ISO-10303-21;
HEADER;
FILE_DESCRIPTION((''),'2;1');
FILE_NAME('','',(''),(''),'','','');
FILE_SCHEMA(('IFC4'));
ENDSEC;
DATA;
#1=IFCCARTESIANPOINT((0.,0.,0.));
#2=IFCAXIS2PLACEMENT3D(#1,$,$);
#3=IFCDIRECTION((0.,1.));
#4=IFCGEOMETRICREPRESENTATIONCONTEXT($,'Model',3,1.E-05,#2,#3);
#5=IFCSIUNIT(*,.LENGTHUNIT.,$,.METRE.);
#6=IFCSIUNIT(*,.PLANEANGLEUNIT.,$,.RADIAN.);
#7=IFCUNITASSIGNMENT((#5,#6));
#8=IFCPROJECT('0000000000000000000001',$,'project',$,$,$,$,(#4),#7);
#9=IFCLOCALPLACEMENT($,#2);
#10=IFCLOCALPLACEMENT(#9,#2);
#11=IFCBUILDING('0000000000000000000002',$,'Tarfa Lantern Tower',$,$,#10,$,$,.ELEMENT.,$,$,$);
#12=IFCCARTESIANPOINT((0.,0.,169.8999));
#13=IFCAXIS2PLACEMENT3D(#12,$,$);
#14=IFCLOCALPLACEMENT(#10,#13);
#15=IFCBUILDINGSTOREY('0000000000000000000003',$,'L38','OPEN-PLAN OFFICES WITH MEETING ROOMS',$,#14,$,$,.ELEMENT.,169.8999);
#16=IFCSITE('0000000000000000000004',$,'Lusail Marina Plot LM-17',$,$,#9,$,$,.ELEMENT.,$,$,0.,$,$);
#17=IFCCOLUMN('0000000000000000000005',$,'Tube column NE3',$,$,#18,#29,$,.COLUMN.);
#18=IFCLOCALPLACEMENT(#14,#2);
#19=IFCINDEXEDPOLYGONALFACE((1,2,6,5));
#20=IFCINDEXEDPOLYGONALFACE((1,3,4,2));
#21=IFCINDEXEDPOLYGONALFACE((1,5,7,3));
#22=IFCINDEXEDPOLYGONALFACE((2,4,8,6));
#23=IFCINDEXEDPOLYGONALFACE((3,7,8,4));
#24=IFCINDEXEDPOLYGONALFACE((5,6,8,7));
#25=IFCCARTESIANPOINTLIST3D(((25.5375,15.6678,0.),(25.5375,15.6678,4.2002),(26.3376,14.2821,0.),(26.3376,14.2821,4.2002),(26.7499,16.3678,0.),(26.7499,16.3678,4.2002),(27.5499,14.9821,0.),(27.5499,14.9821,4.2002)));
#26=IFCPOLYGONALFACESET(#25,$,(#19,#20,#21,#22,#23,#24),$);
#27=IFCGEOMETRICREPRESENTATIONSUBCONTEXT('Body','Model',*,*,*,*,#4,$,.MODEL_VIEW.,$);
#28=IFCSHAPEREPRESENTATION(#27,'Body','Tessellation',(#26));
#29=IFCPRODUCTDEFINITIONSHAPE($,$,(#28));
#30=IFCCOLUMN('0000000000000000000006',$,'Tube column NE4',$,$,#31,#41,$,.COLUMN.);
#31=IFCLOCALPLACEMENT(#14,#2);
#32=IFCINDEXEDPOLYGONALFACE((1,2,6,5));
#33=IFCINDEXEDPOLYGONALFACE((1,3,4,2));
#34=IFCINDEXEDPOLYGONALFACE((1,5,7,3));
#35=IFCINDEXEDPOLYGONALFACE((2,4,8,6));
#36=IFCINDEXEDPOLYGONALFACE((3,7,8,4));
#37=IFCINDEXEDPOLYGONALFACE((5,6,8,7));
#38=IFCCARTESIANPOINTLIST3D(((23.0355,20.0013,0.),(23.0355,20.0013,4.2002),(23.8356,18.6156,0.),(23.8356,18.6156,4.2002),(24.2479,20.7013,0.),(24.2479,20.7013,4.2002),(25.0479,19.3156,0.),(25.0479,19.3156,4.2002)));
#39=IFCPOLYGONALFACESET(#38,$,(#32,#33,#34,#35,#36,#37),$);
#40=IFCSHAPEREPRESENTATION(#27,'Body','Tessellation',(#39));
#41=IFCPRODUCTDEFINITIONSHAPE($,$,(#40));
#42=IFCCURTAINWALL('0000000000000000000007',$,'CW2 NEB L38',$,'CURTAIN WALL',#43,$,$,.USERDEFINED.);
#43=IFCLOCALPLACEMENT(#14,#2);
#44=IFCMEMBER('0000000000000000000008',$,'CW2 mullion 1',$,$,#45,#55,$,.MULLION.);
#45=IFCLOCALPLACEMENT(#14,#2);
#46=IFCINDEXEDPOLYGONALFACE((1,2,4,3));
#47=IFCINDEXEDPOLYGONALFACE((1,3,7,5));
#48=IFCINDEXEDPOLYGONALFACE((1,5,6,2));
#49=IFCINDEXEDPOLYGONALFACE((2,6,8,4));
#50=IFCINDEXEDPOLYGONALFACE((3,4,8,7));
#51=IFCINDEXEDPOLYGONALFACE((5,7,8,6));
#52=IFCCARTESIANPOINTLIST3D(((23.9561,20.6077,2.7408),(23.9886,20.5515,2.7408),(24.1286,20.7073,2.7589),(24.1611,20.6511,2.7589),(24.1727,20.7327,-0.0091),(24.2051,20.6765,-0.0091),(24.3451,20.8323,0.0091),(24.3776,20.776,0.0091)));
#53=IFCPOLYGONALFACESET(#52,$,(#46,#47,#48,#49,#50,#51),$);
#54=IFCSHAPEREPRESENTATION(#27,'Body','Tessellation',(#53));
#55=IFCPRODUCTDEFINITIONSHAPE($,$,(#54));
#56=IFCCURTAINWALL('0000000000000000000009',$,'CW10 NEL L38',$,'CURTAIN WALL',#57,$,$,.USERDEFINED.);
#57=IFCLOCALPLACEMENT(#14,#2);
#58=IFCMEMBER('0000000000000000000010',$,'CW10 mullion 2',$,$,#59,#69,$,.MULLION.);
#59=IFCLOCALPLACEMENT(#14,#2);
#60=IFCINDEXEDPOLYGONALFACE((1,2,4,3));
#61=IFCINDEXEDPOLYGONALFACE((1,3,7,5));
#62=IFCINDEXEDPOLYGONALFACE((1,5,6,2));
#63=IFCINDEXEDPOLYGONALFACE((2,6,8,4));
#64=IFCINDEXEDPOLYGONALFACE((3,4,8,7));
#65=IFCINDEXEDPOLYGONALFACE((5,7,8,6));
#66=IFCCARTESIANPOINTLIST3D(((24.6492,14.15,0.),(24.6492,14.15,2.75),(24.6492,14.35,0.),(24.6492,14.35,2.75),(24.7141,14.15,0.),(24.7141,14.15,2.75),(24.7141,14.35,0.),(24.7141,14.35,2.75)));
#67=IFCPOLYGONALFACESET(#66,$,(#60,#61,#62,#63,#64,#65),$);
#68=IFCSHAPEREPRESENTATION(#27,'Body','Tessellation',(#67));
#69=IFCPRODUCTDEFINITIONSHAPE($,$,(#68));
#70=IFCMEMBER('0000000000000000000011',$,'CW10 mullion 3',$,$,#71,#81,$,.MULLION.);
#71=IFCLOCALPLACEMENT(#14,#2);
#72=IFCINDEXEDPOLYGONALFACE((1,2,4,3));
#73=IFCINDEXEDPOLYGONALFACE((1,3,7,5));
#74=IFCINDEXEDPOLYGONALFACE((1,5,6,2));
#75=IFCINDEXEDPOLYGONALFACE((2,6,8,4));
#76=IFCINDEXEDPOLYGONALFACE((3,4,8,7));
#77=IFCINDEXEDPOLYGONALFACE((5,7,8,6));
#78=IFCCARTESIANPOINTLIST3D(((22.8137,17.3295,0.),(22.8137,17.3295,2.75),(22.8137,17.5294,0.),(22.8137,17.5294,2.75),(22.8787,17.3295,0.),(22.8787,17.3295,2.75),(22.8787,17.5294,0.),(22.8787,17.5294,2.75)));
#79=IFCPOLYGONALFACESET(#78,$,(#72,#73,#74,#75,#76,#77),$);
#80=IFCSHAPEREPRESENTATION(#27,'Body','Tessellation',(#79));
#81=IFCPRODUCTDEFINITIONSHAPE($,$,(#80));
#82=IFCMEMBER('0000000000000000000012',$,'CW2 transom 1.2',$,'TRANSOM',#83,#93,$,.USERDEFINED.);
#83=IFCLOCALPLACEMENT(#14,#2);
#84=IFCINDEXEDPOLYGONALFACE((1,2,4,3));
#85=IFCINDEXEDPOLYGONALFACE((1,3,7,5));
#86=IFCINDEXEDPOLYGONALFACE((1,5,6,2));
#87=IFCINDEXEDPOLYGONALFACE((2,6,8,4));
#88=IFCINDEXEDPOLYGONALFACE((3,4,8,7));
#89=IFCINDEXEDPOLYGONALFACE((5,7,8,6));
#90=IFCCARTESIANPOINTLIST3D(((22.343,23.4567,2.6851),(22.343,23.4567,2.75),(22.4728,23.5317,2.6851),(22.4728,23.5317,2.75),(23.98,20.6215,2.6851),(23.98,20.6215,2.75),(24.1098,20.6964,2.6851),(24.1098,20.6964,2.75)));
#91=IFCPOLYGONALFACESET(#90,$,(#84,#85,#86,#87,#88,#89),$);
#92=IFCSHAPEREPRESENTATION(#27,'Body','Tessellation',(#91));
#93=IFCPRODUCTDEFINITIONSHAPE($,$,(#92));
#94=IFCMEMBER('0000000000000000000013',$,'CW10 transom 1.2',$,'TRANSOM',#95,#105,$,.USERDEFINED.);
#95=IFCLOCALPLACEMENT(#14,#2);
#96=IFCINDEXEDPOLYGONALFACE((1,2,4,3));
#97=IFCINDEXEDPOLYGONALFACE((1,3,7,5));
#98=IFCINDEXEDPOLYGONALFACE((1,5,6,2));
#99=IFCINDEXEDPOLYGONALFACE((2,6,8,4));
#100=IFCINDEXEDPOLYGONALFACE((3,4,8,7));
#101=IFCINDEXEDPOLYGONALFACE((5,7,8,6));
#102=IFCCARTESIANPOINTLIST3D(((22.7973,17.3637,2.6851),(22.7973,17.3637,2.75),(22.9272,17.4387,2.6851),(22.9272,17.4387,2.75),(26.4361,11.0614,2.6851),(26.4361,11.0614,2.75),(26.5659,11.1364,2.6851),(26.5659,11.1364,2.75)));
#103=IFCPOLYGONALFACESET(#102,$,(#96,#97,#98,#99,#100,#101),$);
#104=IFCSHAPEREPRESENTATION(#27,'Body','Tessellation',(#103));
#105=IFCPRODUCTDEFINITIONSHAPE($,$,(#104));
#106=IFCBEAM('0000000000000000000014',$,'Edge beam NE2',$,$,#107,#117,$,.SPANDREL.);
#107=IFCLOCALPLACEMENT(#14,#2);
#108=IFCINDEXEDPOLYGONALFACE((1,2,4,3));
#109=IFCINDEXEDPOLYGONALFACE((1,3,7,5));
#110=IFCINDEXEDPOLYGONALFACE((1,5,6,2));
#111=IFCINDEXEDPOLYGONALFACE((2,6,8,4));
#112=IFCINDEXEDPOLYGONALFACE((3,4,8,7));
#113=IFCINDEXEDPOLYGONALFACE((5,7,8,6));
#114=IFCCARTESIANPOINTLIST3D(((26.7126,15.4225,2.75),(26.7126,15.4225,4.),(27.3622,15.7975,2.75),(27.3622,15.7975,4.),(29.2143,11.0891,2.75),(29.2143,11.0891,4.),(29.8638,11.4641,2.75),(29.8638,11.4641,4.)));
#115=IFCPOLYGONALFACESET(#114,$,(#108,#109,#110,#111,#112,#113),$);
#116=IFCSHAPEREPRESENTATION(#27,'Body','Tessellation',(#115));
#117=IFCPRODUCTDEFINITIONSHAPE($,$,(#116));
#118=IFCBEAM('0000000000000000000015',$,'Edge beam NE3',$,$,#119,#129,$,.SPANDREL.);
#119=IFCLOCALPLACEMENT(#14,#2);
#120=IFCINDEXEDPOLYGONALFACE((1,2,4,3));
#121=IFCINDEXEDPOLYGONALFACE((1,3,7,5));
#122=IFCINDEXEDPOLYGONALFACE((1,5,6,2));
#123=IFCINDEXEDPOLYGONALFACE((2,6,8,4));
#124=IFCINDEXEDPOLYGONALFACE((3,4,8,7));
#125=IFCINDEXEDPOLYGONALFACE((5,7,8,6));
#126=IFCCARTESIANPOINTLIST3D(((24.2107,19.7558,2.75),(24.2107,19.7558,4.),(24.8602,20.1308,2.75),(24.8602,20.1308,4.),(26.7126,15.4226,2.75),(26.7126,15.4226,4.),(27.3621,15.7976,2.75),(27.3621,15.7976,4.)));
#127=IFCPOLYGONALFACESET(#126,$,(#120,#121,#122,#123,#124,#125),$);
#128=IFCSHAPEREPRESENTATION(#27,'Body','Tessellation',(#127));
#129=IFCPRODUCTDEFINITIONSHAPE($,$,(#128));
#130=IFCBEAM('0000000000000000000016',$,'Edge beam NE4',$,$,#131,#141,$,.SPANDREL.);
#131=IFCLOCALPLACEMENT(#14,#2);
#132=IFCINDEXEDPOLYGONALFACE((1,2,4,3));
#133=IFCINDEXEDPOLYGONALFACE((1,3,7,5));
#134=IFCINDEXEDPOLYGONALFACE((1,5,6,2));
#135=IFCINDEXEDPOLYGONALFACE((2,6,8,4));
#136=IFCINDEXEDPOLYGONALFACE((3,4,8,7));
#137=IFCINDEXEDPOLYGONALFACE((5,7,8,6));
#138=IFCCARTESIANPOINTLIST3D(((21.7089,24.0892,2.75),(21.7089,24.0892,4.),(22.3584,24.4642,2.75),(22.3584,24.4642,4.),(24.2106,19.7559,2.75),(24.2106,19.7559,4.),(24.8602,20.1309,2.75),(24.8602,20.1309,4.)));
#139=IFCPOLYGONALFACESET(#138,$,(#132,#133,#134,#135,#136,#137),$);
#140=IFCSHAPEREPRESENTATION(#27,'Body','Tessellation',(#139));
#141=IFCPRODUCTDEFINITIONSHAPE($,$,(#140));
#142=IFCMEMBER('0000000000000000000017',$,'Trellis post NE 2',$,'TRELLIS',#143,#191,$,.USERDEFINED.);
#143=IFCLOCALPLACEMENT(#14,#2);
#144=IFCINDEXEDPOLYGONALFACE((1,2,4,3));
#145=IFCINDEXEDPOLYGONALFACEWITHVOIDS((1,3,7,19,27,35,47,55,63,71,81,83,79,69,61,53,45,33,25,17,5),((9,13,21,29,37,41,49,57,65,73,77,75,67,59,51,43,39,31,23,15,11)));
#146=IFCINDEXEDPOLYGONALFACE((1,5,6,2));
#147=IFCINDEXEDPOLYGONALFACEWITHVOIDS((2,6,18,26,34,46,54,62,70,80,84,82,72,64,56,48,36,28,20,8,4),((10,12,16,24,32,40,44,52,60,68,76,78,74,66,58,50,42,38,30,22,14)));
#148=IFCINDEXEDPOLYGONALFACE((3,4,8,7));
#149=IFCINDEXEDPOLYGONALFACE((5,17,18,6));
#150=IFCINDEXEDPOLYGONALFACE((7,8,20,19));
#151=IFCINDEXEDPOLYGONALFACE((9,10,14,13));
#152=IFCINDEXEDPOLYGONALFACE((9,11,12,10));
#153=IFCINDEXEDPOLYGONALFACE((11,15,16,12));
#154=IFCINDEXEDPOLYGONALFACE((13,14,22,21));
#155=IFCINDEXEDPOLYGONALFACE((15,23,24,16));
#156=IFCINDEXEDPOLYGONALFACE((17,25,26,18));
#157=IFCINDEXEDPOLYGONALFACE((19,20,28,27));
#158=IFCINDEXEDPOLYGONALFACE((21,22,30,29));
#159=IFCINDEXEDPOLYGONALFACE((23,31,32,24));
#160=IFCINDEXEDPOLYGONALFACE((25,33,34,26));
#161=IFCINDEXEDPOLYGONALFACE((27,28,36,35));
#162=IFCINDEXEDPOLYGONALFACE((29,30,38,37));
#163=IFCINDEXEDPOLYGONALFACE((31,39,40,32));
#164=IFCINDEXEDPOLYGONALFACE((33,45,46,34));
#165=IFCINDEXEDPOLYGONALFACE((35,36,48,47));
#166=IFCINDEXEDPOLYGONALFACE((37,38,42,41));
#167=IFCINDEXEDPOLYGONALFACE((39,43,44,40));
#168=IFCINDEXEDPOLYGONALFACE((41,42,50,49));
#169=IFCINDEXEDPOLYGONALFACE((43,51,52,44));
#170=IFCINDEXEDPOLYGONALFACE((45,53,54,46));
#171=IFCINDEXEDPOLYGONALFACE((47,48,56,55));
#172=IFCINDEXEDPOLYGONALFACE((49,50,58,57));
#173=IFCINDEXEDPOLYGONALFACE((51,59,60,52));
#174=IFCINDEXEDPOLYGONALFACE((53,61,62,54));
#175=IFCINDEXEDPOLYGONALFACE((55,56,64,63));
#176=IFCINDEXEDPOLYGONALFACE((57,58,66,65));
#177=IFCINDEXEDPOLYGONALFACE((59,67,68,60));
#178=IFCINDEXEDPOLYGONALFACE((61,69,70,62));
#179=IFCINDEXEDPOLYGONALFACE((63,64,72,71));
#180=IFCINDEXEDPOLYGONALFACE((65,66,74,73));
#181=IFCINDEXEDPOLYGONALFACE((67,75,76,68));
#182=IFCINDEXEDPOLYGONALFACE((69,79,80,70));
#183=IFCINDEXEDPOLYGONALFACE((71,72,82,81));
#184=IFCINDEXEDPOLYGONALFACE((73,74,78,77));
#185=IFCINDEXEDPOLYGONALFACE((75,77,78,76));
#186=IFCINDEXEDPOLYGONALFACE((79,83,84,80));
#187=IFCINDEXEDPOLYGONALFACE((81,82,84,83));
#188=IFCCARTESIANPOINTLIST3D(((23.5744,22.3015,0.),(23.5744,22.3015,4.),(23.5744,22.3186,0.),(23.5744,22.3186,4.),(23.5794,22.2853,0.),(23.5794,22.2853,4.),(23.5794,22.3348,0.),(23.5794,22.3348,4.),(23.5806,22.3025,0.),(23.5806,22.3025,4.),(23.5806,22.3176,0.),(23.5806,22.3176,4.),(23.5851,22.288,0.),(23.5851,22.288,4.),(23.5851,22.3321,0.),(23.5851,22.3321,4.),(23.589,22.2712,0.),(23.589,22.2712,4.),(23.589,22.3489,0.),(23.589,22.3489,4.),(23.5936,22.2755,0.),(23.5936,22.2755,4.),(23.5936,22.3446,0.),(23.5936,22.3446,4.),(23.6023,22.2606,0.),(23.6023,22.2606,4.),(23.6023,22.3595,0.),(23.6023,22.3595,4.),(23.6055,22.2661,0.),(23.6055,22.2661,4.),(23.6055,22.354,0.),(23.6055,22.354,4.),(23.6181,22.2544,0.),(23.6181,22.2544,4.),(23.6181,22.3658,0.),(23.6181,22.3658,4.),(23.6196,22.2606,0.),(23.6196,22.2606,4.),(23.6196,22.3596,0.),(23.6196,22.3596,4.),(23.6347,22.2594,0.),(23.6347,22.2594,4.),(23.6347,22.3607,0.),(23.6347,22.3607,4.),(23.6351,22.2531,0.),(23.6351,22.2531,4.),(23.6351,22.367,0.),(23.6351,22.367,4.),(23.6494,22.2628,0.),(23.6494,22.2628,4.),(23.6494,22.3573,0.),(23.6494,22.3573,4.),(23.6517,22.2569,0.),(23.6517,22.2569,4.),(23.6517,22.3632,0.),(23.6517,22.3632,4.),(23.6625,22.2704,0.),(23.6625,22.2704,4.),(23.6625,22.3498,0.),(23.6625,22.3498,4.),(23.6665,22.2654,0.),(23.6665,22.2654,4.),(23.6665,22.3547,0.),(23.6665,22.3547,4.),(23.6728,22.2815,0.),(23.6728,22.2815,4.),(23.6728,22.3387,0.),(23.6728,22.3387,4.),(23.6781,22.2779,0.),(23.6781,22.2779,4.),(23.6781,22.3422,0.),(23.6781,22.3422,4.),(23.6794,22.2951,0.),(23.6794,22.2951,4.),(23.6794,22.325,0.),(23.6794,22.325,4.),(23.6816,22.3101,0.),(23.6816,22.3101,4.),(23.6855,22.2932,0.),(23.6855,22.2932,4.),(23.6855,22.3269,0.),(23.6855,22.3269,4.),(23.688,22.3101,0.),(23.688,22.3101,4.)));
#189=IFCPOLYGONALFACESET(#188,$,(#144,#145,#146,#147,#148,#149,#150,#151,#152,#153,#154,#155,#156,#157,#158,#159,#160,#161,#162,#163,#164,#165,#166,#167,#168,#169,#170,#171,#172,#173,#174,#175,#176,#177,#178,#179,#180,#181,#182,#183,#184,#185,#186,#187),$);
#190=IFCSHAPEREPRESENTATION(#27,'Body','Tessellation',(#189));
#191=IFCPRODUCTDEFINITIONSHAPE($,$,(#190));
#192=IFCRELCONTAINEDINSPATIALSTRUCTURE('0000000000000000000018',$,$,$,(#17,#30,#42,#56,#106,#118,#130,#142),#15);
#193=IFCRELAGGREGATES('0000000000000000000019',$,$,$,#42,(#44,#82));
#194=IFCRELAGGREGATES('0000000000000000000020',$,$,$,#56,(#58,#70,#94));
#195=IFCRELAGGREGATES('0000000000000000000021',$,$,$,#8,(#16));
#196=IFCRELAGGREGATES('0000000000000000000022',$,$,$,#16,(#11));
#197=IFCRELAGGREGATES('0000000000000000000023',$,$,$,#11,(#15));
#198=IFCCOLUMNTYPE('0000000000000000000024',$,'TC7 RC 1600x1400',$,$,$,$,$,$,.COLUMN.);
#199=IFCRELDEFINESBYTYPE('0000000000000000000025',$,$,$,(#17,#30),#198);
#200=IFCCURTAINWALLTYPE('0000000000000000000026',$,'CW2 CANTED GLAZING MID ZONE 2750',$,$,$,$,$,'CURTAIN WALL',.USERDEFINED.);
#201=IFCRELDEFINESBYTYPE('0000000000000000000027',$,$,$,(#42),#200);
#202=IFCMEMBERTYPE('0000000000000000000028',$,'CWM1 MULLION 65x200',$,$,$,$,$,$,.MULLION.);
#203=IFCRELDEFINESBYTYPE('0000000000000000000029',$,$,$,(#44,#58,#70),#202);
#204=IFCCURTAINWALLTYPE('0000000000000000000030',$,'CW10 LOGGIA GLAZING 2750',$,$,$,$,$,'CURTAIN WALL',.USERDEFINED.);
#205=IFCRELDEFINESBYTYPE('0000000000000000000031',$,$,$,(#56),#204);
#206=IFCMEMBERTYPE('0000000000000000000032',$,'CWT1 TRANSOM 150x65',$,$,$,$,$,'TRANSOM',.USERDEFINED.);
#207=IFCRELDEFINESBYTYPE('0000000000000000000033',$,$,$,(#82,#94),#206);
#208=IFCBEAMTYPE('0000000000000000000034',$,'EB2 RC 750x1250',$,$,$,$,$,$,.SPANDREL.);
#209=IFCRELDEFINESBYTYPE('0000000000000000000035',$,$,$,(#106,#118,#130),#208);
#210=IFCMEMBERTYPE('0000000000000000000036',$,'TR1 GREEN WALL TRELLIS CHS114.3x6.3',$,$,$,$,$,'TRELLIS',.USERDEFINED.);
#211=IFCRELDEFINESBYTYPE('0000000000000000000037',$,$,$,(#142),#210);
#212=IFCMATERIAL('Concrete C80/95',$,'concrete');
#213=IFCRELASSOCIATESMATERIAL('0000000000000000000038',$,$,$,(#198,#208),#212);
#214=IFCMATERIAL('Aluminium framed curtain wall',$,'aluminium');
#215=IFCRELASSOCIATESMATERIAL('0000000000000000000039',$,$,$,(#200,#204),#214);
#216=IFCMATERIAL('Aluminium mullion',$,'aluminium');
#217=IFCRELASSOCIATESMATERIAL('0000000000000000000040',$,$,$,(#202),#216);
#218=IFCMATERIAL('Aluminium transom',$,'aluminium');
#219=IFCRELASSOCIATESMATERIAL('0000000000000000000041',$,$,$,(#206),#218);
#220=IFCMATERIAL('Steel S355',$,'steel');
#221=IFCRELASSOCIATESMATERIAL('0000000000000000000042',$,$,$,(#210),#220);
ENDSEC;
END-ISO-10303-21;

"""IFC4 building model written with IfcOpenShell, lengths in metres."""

from ifc_helpers import new_model, si_unit, direction, frame, origin, origin_2d, place, context, subcontext, project, spatial, rectangle, hollow_circle, extrude, material, material_profile, profile_set, type_object, element, aggregate, save


model = new_model("IFC4")

# Units and contexts
model_context = context("Model", 3, precision=1e-05, world=origin(), true_north=direction((0.0, 1.0)))
body_context = subcontext(model_context, "Body", "Model", "MODEL_VIEW")
ifc_project = project(units=[si_unit("LENGTHUNIT", "METRE"), si_unit("PLANEANGLEUNIT", "RADIAN")], contexts=[model_context])

# Site, building, storey
site_placement = place(None, origin())
site = spatial("IfcSite", under=ifc_project, at=site_placement, Name="Lusail Marina Plot LM-17", CompositionType="ELEMENT", RefElevation=0.0)
building_placement = place(site_placement, origin())
building = spatial("IfcBuilding", under=site, at=building_placement, Name="Tarfa Lantern Tower", CompositionType="ELEMENT")
storey_placement = place(building_placement, frame((0.0, 0.0, 169.8999)))
storey = spatial("IfcBuildingStorey", under=building, at=storey_placement, Name="L38", Description="OPEN-PLAN OFFICES WITH MEETING ROOMS", CompositionType="ELEMENT", Elevation=169.8999)

# Columns
ifc_material_1 = material(Name="Concrete C80/95", Category="concrete")
ifc_material_profile_1 = material_profile(ifc_material_1, rectangle(XDim=1.6001, YDim=1.3999, at=origin_2d()), Name="RC 1600x1400")
ifc_profile_set_1 = profile_set([ifc_material_profile_1], Name="Concrete C80/95")
column_type = type_object("IfcColumnType", Name="TC7 RC 1600x1400", PredefinedType="COLUMN", material=ifc_profile_set_1)
for number, where, z_axis, x_axis, name in (
    (1, (26.5437, 15.325, 0.0), (0.0, 0.0, 1.0), (-0.5, 0.866025, 0.0), "Tube column NE3"),
    (2, (24.0417, 19.6584, 0.0), (0.0, 0.0, 1.0), (-0.5, 0.866025, 0.0), "Tube column NE4"),
):
    element("IfcColumn", number, at=place(storey_placement, frame(where, z_axis=z_axis, x_axis=x_axis)), inside=storey, type_object=column_type, Name=name, PredefinedType="COLUMN", context=body_context, shape_type="SweptSolid", body=[
        extrude(rectangle(XDim=1.6001, YDim=1.3999, at=origin_2d()), origin(), (0.0, 0.0, 1.0), 4.2002),
    ])

# Curtain wall, member
ifc_material_2 = material(Name="Aluminium framed curtain wall", Category="aluminium")
curtain_wall_type_1 = type_object("IfcCurtainWallType", Name="CW2 CANTED GLAZING MID ZONE 2750", ElementType="CURTAIN WALL", PredefinedType="USERDEFINED", material=ifc_material_2)
curtain_wall_1_placement = place(storey_placement, origin())
curtain_wall_1 = element("IfcCurtainWall", 3, at=curtain_wall_1_placement, inside=storey, type_object=curtain_wall_type_1, Name="CW2 NEB L38", ObjectType="CURTAIN WALL", PredefinedType="USERDEFINED")
ifc_material_3 = material(Name="Aluminium mullion", Category="aluminium")
ifc_material_profile_2 = material_profile(ifc_material_3, rectangle(XDim=0.0649, YDim=0.2, at=origin_2d()), Name="AL MULLION 65x200")
ifc_profile_set_2 = profile_set([ifc_material_profile_2], Name="Aluminium mullion")
member_type_1 = type_object("IfcMemberType", Name="CWM1 MULLION 65x200", PredefinedType="MULLION", material=ifc_profile_set_2)
member_1_placement = place(storey_placement, frame((24.2751, 20.7544, 0.0), z_axis=(-0.078423, -0.045268, 0.995892), x_axis=(0.49992, -0.866072, 0.0)))
member_1 = element("IfcMember", 4, at=member_1_placement, type_object=member_type_1, Name="CW2 mullion 1", PredefinedType="MULLION", context=body_context, shape_type="SweptSolid", body=[
    extrude(rectangle(XDim=0.0649, YDim=0.2, at=origin_2d()), origin(), (0.0, 0.0, 1.0), 2.7612),
])

# Curtain wall, members
curtain_wall_type_2 = type_object("IfcCurtainWallType", Name="CW10 LOGGIA GLAZING 2750", ElementType="CURTAIN WALL", PredefinedType="USERDEFINED", material=ifc_material_2)
curtain_wall_2_placement = place(storey_placement, origin())
curtain_wall_2 = element("IfcCurtainWall", 5, at=curtain_wall_2_placement, inside=storey, type_object=curtain_wall_type_2, Name="CW10 NEL L38", ObjectType="CURTAIN WALL", PredefinedType="USERDEFINED")
member_2_placement = place(storey_placement, frame((24.6816, 14.25, 0.0), z_axis=(0.0, 0.0, 1.0), x_axis=(1.0, 0.0, 0.0)))
member_2 = element("IfcMember", 6, at=member_2_placement, type_object=member_type_1, Name="CW10 mullion 2", PredefinedType="MULLION", context=body_context, shape_type="SweptSolid", body=[
    extrude(rectangle(XDim=0.0649, YDim=0.2, at=origin_2d()), origin(), (0.0, 0.0, 1.0), 2.75),
])
member_3_placement = place(storey_placement, frame((22.8462, 17.4294, 0.0), z_axis=(0.0, 0.0, 1.0), x_axis=(1.0, 0.0, 0.0)))
member_3 = element("IfcMember", 7, at=member_3_placement, type_object=member_type_1, Name="CW10 mullion 3", PredefinedType="MULLION", context=body_context, shape_type="SweptSolid", body=[
    extrude(rectangle(XDim=0.0649, YDim=0.2, at=origin_2d()), origin(), (0.0, 0.0, 1.0), 2.75),
])

# Members
ifc_material_4 = material(Name="Aluminium transom", Category="aluminium")
ifc_material_profile_3 = material_profile(ifc_material_4, rectangle(XDim=0.1499, YDim=0.0649, at=origin_2d()), Name="AL TRANSOM 150x65")
ifc_profile_set_3 = profile_set([ifc_material_profile_3], Name="Aluminium transom")
member_type_2 = type_object("IfcMemberType", Name="CWT1 TRANSOM 150x65", ElementType="TRANSOM", PredefinedType="USERDEFINED", material=ifc_profile_set_3)
member_4_placement = place(storey_placement, frame((24.0449, 20.6589, 2.7175), z_axis=(-0.500013, 0.866018, 0.0), x_axis=(-0.866018, -0.500013, 0.0)))
member_4 = element("IfcMember", 8, at=member_4_placement, type_object=member_type_2, Name="CW2 transom 1.2", ObjectType="TRANSOM", PredefinedType="USERDEFINED", context=body_context, shape_type="SweptSolid", body=[
    extrude(rectangle(XDim=0.1499, YDim=0.0649, at=origin_2d()), origin(), (0.0, 0.0, 1.0), 3.2739),
])
member_5_placement = place(storey_placement, frame((26.501, 11.0989, 2.7175), z_axis=(-0.500007, 0.866021, 0.0), x_axis=(-0.866021, -0.500007, 0.0)))
member_5 = element("IfcMember", 9, at=member_5_placement, type_object=member_type_2, Name="CW10 transom 1.2", ObjectType="TRANSOM", PredefinedType="USERDEFINED", context=body_context, shape_type="SweptSolid", body=[
    extrude(rectangle(XDim=0.1499, YDim=0.0649, at=origin_2d()), origin(), (0.0, 0.0, 1.0), 7.2773),
])

# Beams
ifc_material_profile_4 = material_profile(ifc_material_1, rectangle(XDim=0.75, YDim=1.25, at=origin_2d()), Name="RC 750x1250")
ifc_profile_set_4 = profile_set([ifc_material_profile_4], Name="Concrete C80/95")
beam_type_1 = type_object("IfcBeamType", Name="EB2 RC 750x1250", PredefinedType="SPANDREL", material=ifc_profile_set_4)
for number, where, z_axis, x_axis, name in (
    (10, (29.5391, 11.2766, 3.375), (-0.499965, 0.866046, 0.0), (-0.866046, -0.499965, 0.0), "Edge beam NE2"),
    (11, (27.0374, 15.6101, 3.375), (-0.500022, 0.866013, 0.0), (-0.866013, -0.500022, 0.0), "Edge beam NE3"),
    (12, (24.5354, 19.9434, 3.375), (-0.499986, 0.866034, 0.0), (-0.866034, -0.499986, 0.0), "Edge beam NE4"),
):
    element("IfcBeam", number, at=place(storey_placement, frame(where, z_axis=z_axis, x_axis=x_axis)), inside=storey, type_object=beam_type_1, Name=name, PredefinedType="SPANDREL", context=body_context, shape_type="SweptSolid", body=[
        extrude(rectangle(XDim=0.75, YDim=1.25, at=origin_2d()), origin(), (0.0, 0.0, 1.0), 5.0037),
    ])

# Member
ifc_material_5 = material(Name="Steel S355", Category="steel")
ifc_material_profile_5 = material_profile(ifc_material_5, hollow_circle(Radius=0.0571, WallThickness=0.0063, at=origin_2d()), Name="CHS114.3x6.3")
ifc_profile_set_5 = profile_set([ifc_material_profile_5], Name="Steel S355")
member_type_3 = type_object("IfcMemberType", Name="TR1 GREEN WALL TRELLIS CHS114.3x6.3", ElementType="TRELLIS", PredefinedType="USERDEFINED", material=ifc_profile_set_5)
member_6_placement = place(storey_placement, frame((23.6309, 22.3101, 0.0), z_axis=(0.0, 0.0, 1.0), x_axis=(1.0, 0.0, 0.0)))
element("IfcMember", 13, at=member_6_placement, inside=storey, type_object=member_type_3, Name="Trellis post NE 2", ObjectType="TRELLIS", PredefinedType="USERDEFINED", context=body_context, shape_type="SweptSolid", body=[
    extrude(hollow_circle(Radius=0.0571, WallThickness=0.0063, at=origin_2d()), origin(), (0.0, 0.0, 1.0), 4.0),
])

aggregate(curtain_wall_1, [member_1, member_4])
aggregate(curtain_wall_2, [member_2, member_3, member_5])

save(model, "model.ifc")
